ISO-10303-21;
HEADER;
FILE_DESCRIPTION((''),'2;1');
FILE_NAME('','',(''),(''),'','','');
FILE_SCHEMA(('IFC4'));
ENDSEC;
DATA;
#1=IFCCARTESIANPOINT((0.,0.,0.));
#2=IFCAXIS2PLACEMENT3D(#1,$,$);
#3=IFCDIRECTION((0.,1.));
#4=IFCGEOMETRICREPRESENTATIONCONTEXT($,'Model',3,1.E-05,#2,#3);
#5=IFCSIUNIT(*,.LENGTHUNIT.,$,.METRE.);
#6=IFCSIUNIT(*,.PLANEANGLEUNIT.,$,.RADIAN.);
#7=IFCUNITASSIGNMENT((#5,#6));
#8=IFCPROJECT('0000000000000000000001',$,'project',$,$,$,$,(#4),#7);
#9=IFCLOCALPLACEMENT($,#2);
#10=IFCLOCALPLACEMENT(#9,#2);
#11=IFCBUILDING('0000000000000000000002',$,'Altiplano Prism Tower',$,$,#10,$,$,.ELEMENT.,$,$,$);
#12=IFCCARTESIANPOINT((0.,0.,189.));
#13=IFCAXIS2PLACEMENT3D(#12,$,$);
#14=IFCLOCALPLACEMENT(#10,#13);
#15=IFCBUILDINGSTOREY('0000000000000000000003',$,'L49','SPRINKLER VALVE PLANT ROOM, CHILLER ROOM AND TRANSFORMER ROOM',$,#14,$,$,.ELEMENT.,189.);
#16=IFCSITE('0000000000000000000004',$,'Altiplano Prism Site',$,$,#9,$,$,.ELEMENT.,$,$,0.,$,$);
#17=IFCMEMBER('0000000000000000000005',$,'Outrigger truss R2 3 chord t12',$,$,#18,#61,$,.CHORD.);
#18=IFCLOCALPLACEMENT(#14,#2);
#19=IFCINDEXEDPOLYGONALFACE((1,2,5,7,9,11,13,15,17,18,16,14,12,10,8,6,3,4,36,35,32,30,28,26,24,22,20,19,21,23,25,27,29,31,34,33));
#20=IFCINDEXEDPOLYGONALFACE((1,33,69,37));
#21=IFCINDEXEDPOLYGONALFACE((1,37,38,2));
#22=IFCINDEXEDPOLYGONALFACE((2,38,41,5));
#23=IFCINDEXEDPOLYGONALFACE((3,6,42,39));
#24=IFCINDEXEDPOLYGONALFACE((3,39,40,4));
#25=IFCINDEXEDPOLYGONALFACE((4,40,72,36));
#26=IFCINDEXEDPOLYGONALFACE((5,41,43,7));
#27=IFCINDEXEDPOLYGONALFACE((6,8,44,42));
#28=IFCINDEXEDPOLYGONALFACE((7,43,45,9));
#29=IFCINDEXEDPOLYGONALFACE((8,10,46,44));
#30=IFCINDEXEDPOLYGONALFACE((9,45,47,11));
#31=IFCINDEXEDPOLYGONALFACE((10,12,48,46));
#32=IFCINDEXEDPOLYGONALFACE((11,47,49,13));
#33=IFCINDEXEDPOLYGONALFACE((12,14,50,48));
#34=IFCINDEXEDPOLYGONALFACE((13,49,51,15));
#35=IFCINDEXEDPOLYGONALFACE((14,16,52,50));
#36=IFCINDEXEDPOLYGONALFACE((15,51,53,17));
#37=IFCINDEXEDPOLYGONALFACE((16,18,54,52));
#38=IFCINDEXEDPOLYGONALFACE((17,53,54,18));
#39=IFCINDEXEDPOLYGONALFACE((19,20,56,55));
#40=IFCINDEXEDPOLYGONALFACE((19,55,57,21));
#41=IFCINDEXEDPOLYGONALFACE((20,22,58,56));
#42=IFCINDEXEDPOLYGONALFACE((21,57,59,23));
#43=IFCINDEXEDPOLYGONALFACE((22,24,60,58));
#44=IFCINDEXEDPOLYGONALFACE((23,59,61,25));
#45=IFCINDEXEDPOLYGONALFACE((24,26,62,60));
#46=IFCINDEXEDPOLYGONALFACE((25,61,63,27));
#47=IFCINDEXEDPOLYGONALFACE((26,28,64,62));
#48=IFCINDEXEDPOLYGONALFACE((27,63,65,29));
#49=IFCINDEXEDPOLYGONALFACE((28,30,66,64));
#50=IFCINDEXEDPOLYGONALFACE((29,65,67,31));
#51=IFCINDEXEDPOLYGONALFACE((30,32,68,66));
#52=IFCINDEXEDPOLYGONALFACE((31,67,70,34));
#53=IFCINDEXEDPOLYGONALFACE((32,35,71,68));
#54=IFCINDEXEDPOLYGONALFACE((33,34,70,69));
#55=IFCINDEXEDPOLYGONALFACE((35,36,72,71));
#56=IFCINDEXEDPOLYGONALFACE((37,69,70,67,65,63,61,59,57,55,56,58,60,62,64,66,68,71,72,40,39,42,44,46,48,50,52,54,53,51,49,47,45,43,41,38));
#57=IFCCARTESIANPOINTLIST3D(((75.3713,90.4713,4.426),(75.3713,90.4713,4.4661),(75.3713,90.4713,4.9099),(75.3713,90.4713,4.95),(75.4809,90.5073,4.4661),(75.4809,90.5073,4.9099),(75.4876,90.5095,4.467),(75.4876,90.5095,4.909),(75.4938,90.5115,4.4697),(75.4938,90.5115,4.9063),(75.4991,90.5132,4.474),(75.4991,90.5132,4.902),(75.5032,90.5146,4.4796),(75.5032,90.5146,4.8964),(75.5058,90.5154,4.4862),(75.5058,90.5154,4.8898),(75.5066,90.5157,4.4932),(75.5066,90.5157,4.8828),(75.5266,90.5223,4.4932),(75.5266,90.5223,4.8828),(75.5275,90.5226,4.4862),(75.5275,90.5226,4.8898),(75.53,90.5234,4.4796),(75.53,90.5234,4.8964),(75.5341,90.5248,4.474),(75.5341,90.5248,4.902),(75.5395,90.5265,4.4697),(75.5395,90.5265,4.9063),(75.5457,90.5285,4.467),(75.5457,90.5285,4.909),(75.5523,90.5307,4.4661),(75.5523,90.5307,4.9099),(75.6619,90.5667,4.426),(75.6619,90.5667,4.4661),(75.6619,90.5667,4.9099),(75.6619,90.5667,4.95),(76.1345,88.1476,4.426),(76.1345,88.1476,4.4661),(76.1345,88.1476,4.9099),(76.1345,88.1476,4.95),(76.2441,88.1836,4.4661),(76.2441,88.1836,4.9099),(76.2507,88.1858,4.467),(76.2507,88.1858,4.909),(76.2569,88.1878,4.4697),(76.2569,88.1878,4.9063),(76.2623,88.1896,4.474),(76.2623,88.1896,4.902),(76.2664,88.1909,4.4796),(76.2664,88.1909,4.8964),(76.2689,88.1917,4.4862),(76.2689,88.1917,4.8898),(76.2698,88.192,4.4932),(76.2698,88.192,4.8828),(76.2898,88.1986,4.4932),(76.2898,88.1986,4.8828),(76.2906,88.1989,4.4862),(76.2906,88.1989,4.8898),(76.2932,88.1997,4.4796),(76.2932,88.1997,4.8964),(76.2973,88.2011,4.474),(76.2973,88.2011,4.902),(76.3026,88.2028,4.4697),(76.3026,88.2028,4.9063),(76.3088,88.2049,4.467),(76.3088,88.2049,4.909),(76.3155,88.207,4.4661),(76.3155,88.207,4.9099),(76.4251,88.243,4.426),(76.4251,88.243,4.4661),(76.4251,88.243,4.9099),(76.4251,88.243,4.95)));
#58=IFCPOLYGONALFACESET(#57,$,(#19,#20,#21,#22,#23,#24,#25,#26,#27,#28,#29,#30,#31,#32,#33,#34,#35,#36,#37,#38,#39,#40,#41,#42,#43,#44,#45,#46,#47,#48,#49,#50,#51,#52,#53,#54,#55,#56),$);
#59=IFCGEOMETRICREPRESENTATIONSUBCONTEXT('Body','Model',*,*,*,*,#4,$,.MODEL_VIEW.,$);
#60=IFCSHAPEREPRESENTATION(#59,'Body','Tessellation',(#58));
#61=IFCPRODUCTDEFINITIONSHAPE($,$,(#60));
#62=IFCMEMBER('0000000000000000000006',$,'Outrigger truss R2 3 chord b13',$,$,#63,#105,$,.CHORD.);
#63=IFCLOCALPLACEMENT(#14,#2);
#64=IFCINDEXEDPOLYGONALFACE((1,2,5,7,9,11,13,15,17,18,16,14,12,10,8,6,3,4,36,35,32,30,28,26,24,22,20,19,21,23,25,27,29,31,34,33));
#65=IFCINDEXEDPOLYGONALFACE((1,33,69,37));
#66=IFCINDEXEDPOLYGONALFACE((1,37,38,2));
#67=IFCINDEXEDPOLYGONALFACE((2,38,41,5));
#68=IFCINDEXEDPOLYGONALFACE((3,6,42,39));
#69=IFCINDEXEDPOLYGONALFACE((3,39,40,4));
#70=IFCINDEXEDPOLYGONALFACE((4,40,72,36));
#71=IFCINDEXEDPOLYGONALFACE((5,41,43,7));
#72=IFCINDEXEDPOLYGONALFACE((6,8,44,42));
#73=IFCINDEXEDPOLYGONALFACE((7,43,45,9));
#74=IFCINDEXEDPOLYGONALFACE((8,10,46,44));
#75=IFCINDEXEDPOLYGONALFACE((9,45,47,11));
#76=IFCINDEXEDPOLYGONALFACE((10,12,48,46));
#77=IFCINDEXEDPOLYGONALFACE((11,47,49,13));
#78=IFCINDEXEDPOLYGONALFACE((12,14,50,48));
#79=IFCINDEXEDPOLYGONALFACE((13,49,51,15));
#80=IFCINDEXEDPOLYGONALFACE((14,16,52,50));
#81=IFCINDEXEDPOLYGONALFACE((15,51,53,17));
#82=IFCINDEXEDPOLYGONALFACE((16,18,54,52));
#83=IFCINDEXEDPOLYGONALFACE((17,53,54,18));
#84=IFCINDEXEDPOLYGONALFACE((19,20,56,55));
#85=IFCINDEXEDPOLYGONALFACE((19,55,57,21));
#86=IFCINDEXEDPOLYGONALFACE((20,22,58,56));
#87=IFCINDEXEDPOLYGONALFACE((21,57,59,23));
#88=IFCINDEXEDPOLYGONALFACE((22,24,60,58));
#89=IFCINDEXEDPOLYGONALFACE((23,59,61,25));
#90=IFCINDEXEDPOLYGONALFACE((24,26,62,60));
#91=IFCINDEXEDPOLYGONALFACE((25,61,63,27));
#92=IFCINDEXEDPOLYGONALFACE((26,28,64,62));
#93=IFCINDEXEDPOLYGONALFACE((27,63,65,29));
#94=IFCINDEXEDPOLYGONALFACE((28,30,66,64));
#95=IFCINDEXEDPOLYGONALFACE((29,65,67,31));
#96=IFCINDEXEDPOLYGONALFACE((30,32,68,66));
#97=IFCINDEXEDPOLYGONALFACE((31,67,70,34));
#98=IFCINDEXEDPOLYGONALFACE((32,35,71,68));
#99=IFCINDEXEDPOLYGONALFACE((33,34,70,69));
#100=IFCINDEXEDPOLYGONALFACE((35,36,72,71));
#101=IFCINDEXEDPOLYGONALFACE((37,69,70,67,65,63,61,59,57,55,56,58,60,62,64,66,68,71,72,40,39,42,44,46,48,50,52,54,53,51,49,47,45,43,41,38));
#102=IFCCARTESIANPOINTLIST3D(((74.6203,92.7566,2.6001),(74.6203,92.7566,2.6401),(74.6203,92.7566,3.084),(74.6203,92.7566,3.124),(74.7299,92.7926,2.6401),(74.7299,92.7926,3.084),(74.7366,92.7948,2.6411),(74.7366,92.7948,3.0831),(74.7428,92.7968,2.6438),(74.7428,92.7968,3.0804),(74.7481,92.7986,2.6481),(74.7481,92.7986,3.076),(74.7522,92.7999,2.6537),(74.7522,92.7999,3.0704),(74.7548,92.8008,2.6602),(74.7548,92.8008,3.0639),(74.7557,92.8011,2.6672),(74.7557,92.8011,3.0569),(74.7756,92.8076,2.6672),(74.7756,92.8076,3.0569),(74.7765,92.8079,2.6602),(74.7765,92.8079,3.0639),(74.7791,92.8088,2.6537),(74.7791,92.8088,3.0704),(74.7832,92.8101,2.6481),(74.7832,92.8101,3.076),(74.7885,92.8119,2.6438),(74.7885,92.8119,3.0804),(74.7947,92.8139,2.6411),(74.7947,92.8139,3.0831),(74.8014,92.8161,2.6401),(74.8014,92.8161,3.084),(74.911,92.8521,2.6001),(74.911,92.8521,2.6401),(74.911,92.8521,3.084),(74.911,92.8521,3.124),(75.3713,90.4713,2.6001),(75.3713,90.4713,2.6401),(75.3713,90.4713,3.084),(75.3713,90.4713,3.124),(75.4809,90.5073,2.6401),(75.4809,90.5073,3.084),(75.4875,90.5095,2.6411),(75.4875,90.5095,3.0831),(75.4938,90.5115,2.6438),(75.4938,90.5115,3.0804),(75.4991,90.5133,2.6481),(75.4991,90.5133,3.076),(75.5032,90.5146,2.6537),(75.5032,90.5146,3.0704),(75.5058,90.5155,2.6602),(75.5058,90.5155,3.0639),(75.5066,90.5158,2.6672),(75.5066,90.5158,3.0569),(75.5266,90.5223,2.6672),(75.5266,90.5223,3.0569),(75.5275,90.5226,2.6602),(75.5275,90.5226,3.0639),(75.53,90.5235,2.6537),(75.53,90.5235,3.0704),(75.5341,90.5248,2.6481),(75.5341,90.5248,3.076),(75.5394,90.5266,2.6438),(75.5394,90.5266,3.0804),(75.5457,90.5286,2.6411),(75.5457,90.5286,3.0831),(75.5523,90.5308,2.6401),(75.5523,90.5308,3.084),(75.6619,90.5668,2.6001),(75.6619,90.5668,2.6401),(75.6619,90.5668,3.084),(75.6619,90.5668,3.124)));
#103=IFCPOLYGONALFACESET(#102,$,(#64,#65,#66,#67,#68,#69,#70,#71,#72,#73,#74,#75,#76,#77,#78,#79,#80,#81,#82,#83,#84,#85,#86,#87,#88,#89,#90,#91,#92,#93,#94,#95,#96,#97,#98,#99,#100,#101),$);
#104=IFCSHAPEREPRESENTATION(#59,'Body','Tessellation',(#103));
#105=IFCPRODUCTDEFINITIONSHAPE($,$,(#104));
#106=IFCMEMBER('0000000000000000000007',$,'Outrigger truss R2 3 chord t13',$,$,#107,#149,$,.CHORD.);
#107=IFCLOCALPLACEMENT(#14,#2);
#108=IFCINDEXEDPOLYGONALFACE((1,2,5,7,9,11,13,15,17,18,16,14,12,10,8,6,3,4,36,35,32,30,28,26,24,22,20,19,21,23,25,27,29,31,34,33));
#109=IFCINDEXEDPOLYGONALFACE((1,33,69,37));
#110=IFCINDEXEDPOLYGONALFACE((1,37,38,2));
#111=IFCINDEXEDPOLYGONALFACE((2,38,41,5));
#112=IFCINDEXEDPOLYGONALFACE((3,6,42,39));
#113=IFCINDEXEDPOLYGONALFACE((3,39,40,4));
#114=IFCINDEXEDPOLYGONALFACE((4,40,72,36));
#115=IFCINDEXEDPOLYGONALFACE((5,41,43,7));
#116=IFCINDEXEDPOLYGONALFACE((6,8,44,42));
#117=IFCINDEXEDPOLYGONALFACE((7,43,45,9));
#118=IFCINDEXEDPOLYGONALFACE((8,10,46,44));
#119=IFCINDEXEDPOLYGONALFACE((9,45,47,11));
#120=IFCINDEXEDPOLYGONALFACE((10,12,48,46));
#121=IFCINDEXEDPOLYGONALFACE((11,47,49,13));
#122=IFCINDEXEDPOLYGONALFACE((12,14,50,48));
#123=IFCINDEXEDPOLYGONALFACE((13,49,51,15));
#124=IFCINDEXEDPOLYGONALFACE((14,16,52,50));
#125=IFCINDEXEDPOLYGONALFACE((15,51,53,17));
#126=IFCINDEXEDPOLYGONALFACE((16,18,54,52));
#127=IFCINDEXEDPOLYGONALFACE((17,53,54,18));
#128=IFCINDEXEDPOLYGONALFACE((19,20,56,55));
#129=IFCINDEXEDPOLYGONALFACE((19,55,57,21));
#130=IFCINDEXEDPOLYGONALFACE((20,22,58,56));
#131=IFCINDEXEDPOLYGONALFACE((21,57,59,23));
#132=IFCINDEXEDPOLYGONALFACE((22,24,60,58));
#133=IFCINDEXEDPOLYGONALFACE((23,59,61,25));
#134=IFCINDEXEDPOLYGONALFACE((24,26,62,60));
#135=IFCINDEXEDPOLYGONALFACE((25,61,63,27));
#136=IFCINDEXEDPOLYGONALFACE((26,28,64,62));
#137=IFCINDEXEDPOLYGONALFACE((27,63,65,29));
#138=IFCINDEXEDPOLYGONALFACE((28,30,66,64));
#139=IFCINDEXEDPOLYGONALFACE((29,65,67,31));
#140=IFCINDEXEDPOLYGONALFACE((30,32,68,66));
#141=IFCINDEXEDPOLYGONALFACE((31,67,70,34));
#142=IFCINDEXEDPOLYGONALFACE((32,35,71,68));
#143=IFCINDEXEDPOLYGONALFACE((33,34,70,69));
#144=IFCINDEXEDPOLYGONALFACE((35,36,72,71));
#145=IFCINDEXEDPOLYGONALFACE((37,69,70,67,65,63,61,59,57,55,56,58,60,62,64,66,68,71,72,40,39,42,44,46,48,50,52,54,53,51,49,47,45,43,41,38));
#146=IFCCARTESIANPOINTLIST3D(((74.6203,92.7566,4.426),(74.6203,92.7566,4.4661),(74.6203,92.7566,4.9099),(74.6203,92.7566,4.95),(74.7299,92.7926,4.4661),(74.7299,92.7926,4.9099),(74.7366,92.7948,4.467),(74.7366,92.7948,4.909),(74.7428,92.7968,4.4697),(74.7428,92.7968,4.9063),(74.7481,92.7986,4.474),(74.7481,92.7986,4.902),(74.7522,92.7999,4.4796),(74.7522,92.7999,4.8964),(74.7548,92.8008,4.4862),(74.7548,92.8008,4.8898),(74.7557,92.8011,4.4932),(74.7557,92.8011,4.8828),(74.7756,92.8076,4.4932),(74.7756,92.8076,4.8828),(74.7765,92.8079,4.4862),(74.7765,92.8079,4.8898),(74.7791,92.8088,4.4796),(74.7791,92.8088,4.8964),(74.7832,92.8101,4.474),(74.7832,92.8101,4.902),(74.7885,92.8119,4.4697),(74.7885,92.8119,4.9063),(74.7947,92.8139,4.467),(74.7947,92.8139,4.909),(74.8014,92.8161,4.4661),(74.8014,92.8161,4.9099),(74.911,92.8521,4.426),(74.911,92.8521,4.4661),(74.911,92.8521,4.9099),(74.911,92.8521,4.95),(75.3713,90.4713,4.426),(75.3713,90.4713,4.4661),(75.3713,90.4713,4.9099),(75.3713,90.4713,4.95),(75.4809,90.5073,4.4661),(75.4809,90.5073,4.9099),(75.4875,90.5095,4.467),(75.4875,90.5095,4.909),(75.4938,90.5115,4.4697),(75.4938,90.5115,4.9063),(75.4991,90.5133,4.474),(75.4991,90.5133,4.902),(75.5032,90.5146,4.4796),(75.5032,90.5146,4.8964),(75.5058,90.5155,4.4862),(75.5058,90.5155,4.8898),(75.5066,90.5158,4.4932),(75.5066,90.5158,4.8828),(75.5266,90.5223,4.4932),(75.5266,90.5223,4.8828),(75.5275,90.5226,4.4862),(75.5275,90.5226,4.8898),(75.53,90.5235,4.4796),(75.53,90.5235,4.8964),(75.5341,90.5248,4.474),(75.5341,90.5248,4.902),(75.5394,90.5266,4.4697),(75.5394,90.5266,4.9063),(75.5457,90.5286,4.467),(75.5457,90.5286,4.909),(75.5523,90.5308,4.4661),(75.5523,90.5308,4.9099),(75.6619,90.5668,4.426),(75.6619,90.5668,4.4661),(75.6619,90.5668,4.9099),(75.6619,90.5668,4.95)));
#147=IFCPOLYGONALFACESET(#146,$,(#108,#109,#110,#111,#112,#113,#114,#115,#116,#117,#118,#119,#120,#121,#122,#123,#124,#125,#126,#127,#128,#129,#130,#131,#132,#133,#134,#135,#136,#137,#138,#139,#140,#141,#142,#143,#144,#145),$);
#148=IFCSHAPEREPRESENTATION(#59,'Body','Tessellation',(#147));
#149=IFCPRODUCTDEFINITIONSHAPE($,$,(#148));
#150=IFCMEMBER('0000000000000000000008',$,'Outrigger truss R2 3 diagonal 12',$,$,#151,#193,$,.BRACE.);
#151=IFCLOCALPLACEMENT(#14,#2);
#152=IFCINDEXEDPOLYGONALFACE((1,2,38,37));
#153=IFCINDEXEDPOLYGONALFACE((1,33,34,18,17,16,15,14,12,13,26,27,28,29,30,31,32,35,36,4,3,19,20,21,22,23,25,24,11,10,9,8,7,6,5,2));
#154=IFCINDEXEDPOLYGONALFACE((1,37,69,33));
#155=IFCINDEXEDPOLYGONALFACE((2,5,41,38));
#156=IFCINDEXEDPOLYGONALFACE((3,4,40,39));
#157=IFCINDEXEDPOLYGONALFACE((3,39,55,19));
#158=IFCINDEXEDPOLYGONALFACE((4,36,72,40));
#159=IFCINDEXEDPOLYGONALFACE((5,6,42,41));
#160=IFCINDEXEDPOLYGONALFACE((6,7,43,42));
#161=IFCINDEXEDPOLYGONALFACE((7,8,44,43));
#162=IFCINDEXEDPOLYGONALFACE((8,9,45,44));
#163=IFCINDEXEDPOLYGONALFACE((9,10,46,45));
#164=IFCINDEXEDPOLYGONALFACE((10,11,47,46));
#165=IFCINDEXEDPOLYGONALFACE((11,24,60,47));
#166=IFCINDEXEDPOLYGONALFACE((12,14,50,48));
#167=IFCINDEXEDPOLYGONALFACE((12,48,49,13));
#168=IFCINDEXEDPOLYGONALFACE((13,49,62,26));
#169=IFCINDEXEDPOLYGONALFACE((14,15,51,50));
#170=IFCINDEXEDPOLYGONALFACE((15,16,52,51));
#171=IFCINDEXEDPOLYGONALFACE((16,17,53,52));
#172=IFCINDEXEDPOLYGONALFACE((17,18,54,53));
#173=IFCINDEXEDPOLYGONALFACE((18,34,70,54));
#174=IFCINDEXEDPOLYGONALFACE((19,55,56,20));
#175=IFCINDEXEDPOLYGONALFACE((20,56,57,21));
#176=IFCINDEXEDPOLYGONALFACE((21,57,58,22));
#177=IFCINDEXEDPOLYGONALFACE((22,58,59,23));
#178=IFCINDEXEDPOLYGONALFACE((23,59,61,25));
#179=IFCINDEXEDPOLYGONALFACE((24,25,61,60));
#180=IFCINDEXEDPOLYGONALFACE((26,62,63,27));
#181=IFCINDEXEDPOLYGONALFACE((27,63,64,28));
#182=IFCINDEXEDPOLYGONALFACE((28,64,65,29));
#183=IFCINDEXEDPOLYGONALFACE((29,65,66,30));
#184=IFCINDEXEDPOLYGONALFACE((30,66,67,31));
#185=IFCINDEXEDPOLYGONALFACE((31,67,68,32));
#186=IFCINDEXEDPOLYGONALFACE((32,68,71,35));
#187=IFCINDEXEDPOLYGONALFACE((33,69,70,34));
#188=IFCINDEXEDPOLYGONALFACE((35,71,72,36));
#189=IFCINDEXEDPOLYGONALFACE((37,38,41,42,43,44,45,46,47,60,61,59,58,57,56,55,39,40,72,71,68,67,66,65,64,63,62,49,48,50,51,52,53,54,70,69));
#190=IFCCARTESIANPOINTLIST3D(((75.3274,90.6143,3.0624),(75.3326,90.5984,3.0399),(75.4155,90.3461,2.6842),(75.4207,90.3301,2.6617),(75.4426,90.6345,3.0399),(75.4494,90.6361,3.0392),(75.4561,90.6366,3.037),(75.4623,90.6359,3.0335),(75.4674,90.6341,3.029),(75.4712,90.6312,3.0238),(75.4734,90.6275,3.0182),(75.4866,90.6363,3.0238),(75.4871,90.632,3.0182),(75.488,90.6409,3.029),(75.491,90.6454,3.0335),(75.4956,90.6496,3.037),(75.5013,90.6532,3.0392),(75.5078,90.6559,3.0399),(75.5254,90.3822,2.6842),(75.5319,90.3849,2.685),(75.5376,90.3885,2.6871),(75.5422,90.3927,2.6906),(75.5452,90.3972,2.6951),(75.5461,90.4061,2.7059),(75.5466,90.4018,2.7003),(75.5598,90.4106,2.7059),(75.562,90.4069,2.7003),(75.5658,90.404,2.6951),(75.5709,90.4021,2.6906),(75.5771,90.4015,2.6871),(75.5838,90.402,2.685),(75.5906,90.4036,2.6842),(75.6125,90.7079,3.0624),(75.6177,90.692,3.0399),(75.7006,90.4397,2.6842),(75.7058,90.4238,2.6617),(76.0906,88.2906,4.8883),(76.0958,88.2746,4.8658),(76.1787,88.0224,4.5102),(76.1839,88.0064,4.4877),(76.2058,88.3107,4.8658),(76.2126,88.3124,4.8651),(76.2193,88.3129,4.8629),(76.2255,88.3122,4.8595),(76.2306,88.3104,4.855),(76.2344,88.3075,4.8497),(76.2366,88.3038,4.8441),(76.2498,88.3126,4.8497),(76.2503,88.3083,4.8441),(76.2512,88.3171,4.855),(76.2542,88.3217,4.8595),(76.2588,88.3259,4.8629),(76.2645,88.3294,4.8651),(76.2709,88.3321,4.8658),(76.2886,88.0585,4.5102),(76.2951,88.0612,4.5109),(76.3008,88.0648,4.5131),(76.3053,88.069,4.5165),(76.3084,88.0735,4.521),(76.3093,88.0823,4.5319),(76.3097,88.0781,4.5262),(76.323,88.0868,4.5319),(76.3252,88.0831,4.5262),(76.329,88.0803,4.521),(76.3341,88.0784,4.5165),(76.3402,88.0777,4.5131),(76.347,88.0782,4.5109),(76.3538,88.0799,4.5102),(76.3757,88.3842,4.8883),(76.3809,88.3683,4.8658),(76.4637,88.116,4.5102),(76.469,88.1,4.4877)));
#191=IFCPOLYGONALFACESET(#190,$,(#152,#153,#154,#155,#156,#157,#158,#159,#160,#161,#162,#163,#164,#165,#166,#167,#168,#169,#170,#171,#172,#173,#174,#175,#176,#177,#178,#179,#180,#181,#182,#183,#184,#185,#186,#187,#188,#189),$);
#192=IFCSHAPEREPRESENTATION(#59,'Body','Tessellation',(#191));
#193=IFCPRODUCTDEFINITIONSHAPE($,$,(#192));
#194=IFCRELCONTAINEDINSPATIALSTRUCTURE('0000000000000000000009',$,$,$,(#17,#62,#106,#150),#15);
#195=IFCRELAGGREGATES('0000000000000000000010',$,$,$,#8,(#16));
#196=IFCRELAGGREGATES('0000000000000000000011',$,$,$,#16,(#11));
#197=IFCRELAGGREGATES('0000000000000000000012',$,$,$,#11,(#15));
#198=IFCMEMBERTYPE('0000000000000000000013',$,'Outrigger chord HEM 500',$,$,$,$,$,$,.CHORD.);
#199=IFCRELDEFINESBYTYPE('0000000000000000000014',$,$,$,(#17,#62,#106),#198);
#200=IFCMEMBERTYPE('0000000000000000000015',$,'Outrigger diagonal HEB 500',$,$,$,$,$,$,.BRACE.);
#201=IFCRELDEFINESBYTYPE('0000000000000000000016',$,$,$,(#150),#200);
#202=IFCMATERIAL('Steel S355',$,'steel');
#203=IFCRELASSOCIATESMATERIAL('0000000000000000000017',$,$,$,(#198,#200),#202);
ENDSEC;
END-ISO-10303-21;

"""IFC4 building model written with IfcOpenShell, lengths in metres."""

from ifc_helpers import new_model, si_unit, direction, frame, origin, origin_2d, place, context, subcontext, project, spatial, i_section, extrude, material, material_profile, profile_set, type_object, element, save


model = new_model("IFC4")

# Units and contexts
model_context = context("Model", 3, precision=1e-05, world=origin(), true_north=direction((0.0, 1.0)))
body_context = subcontext(model_context, "Body", "Model", "MODEL_VIEW")
ifc_project = project(units=[si_unit("LENGTHUNIT", "METRE"), si_unit("PLANEANGLEUNIT", "RADIAN")], contexts=[model_context])

# Site, building, storey
site_placement = place(None, origin())
site = spatial("IfcSite", under=ifc_project, at=site_placement, Name="Altiplano Prism Site", CompositionType="ELEMENT", RefElevation=0.0)
building_placement = place(site_placement, origin())
building = spatial("IfcBuilding", under=site, at=building_placement, Name="Altiplano Prism Tower", CompositionType="ELEMENT")
storey_placement = place(building_placement, frame((0.0, 0.0, 189.0)))
storey = spatial("IfcBuildingStorey", under=building, at=storey_placement, Name="L49", Description="SPRINKLER VALVE PLANT ROOM, CHILLER ROOM AND TRANSFORMER ROOM", CompositionType="ELEMENT", Elevation=189.0)

# Shared definitions
ifc_material_1 = material(Name="Steel S355", Category="steel")

# Members
ifc_material_profile_1 = material_profile(ifc_material_1, i_section(OverallWidth=0.3059, OverallDepth=0.5239, WebThickness=0.021, FlangeThickness=0.04, FilletRadius=0.0271, at=origin_2d()), Name="Outrigger chord HEM 500")
ifc_profile_set_1 = profile_set([ifc_material_profile_1], Name="Steel S355")
member_type_1 = type_object("IfcMemberType", Name="Outrigger chord HEM 500", PredefinedType="CHORD", material=ifc_profile_set_1)
for number, where, z_axis, x_axis, name in (
    (1, (76.2798, 88.1953, 4.688), (-0.312032, 0.950071, 0.0), (-0.950071, -0.312032, 0.0), "Outrigger truss R2 3 chord t12"),
):
    element("IfcMember", number, at=place(storey_placement, frame(where, z_axis=z_axis, x_axis=x_axis)), inside=storey, type_object=member_type_1, Name=name, PredefinedType="CHORD", context=body_context, shape_type="SweptSolid", body=[
        extrude(i_section(OverallWidth=0.3059, OverallDepth=0.5239, WebThickness=0.021, FlangeThickness=0.04, FilletRadius=0.0271, at=origin_2d()), origin(), (0.0, 0.0, 1.0), 2.4458),
    ])
for number, where, z_axis, x_axis, name in (
    (2, (75.5166, 90.519, 2.8621), (-0.312176, 0.950024, 0.0), (-0.950024, -0.312176, 0.0), "Outrigger truss R2 3 chord b13"),
    (3, (75.5166, 90.519, 4.688), (-0.312176, 0.950024, 0.0), (-0.950024, -0.312176, 0.0), "Outrigger truss R2 3 chord t13"),
):
    element("IfcMember", number, at=place(storey_placement, frame(where, z_axis=z_axis, x_axis=x_axis)), inside=storey, type_object=member_type_1, Name=name, PredefinedType="CHORD", context=body_context, shape_type="SweptSolid", body=[
        extrude(i_section(OverallWidth=0.3059, OverallDepth=0.5239, WebThickness=0.021, FlangeThickness=0.04, FilletRadius=0.0271, at=origin_2d()), origin(), (0.0, 0.0, 1.0), 2.4055),
    ])
ifc_material_profile_2 = material_profile(ifc_material_1, i_section(OverallWidth=0.3, OverallDepth=0.5, WebThickness=0.0144, FlangeThickness=0.0281, FilletRadius=0.0271, at=origin_2d()), Name="Outrigger diagonal HEB 500")
ifc_profile_set_2 = profile_set([ifc_material_profile_2], Name="Steel S355")
member_type_2 = type_object("IfcMemberType", Name="Outrigger diagonal HEB 500", PredefinedType="BRACE", material=ifc_profile_set_2)
member_1_placement = place(storey_placement, frame((76.2798, 88.1953, 4.688), z_axis=(-0.25004, 0.761319, -0.598225), x_axis=(-0.950071, -0.312032, 0.0)))
element("IfcMember", 4, at=member_1_placement, inside=storey, type_object=member_type_2, Name="Outrigger truss R2 3 diagonal 12", PredefinedType="BRACE", context=body_context, shape_type="SweptSolid", body=[
    extrude(i_section(OverallWidth=0.3, OverallDepth=0.5, WebThickness=0.0144, FlangeThickness=0.0281, FilletRadius=0.0271, at=origin_2d()), origin(), (0.0, 0.0, 1.0), 3.0522),
])

save(model, "model.ifc")
